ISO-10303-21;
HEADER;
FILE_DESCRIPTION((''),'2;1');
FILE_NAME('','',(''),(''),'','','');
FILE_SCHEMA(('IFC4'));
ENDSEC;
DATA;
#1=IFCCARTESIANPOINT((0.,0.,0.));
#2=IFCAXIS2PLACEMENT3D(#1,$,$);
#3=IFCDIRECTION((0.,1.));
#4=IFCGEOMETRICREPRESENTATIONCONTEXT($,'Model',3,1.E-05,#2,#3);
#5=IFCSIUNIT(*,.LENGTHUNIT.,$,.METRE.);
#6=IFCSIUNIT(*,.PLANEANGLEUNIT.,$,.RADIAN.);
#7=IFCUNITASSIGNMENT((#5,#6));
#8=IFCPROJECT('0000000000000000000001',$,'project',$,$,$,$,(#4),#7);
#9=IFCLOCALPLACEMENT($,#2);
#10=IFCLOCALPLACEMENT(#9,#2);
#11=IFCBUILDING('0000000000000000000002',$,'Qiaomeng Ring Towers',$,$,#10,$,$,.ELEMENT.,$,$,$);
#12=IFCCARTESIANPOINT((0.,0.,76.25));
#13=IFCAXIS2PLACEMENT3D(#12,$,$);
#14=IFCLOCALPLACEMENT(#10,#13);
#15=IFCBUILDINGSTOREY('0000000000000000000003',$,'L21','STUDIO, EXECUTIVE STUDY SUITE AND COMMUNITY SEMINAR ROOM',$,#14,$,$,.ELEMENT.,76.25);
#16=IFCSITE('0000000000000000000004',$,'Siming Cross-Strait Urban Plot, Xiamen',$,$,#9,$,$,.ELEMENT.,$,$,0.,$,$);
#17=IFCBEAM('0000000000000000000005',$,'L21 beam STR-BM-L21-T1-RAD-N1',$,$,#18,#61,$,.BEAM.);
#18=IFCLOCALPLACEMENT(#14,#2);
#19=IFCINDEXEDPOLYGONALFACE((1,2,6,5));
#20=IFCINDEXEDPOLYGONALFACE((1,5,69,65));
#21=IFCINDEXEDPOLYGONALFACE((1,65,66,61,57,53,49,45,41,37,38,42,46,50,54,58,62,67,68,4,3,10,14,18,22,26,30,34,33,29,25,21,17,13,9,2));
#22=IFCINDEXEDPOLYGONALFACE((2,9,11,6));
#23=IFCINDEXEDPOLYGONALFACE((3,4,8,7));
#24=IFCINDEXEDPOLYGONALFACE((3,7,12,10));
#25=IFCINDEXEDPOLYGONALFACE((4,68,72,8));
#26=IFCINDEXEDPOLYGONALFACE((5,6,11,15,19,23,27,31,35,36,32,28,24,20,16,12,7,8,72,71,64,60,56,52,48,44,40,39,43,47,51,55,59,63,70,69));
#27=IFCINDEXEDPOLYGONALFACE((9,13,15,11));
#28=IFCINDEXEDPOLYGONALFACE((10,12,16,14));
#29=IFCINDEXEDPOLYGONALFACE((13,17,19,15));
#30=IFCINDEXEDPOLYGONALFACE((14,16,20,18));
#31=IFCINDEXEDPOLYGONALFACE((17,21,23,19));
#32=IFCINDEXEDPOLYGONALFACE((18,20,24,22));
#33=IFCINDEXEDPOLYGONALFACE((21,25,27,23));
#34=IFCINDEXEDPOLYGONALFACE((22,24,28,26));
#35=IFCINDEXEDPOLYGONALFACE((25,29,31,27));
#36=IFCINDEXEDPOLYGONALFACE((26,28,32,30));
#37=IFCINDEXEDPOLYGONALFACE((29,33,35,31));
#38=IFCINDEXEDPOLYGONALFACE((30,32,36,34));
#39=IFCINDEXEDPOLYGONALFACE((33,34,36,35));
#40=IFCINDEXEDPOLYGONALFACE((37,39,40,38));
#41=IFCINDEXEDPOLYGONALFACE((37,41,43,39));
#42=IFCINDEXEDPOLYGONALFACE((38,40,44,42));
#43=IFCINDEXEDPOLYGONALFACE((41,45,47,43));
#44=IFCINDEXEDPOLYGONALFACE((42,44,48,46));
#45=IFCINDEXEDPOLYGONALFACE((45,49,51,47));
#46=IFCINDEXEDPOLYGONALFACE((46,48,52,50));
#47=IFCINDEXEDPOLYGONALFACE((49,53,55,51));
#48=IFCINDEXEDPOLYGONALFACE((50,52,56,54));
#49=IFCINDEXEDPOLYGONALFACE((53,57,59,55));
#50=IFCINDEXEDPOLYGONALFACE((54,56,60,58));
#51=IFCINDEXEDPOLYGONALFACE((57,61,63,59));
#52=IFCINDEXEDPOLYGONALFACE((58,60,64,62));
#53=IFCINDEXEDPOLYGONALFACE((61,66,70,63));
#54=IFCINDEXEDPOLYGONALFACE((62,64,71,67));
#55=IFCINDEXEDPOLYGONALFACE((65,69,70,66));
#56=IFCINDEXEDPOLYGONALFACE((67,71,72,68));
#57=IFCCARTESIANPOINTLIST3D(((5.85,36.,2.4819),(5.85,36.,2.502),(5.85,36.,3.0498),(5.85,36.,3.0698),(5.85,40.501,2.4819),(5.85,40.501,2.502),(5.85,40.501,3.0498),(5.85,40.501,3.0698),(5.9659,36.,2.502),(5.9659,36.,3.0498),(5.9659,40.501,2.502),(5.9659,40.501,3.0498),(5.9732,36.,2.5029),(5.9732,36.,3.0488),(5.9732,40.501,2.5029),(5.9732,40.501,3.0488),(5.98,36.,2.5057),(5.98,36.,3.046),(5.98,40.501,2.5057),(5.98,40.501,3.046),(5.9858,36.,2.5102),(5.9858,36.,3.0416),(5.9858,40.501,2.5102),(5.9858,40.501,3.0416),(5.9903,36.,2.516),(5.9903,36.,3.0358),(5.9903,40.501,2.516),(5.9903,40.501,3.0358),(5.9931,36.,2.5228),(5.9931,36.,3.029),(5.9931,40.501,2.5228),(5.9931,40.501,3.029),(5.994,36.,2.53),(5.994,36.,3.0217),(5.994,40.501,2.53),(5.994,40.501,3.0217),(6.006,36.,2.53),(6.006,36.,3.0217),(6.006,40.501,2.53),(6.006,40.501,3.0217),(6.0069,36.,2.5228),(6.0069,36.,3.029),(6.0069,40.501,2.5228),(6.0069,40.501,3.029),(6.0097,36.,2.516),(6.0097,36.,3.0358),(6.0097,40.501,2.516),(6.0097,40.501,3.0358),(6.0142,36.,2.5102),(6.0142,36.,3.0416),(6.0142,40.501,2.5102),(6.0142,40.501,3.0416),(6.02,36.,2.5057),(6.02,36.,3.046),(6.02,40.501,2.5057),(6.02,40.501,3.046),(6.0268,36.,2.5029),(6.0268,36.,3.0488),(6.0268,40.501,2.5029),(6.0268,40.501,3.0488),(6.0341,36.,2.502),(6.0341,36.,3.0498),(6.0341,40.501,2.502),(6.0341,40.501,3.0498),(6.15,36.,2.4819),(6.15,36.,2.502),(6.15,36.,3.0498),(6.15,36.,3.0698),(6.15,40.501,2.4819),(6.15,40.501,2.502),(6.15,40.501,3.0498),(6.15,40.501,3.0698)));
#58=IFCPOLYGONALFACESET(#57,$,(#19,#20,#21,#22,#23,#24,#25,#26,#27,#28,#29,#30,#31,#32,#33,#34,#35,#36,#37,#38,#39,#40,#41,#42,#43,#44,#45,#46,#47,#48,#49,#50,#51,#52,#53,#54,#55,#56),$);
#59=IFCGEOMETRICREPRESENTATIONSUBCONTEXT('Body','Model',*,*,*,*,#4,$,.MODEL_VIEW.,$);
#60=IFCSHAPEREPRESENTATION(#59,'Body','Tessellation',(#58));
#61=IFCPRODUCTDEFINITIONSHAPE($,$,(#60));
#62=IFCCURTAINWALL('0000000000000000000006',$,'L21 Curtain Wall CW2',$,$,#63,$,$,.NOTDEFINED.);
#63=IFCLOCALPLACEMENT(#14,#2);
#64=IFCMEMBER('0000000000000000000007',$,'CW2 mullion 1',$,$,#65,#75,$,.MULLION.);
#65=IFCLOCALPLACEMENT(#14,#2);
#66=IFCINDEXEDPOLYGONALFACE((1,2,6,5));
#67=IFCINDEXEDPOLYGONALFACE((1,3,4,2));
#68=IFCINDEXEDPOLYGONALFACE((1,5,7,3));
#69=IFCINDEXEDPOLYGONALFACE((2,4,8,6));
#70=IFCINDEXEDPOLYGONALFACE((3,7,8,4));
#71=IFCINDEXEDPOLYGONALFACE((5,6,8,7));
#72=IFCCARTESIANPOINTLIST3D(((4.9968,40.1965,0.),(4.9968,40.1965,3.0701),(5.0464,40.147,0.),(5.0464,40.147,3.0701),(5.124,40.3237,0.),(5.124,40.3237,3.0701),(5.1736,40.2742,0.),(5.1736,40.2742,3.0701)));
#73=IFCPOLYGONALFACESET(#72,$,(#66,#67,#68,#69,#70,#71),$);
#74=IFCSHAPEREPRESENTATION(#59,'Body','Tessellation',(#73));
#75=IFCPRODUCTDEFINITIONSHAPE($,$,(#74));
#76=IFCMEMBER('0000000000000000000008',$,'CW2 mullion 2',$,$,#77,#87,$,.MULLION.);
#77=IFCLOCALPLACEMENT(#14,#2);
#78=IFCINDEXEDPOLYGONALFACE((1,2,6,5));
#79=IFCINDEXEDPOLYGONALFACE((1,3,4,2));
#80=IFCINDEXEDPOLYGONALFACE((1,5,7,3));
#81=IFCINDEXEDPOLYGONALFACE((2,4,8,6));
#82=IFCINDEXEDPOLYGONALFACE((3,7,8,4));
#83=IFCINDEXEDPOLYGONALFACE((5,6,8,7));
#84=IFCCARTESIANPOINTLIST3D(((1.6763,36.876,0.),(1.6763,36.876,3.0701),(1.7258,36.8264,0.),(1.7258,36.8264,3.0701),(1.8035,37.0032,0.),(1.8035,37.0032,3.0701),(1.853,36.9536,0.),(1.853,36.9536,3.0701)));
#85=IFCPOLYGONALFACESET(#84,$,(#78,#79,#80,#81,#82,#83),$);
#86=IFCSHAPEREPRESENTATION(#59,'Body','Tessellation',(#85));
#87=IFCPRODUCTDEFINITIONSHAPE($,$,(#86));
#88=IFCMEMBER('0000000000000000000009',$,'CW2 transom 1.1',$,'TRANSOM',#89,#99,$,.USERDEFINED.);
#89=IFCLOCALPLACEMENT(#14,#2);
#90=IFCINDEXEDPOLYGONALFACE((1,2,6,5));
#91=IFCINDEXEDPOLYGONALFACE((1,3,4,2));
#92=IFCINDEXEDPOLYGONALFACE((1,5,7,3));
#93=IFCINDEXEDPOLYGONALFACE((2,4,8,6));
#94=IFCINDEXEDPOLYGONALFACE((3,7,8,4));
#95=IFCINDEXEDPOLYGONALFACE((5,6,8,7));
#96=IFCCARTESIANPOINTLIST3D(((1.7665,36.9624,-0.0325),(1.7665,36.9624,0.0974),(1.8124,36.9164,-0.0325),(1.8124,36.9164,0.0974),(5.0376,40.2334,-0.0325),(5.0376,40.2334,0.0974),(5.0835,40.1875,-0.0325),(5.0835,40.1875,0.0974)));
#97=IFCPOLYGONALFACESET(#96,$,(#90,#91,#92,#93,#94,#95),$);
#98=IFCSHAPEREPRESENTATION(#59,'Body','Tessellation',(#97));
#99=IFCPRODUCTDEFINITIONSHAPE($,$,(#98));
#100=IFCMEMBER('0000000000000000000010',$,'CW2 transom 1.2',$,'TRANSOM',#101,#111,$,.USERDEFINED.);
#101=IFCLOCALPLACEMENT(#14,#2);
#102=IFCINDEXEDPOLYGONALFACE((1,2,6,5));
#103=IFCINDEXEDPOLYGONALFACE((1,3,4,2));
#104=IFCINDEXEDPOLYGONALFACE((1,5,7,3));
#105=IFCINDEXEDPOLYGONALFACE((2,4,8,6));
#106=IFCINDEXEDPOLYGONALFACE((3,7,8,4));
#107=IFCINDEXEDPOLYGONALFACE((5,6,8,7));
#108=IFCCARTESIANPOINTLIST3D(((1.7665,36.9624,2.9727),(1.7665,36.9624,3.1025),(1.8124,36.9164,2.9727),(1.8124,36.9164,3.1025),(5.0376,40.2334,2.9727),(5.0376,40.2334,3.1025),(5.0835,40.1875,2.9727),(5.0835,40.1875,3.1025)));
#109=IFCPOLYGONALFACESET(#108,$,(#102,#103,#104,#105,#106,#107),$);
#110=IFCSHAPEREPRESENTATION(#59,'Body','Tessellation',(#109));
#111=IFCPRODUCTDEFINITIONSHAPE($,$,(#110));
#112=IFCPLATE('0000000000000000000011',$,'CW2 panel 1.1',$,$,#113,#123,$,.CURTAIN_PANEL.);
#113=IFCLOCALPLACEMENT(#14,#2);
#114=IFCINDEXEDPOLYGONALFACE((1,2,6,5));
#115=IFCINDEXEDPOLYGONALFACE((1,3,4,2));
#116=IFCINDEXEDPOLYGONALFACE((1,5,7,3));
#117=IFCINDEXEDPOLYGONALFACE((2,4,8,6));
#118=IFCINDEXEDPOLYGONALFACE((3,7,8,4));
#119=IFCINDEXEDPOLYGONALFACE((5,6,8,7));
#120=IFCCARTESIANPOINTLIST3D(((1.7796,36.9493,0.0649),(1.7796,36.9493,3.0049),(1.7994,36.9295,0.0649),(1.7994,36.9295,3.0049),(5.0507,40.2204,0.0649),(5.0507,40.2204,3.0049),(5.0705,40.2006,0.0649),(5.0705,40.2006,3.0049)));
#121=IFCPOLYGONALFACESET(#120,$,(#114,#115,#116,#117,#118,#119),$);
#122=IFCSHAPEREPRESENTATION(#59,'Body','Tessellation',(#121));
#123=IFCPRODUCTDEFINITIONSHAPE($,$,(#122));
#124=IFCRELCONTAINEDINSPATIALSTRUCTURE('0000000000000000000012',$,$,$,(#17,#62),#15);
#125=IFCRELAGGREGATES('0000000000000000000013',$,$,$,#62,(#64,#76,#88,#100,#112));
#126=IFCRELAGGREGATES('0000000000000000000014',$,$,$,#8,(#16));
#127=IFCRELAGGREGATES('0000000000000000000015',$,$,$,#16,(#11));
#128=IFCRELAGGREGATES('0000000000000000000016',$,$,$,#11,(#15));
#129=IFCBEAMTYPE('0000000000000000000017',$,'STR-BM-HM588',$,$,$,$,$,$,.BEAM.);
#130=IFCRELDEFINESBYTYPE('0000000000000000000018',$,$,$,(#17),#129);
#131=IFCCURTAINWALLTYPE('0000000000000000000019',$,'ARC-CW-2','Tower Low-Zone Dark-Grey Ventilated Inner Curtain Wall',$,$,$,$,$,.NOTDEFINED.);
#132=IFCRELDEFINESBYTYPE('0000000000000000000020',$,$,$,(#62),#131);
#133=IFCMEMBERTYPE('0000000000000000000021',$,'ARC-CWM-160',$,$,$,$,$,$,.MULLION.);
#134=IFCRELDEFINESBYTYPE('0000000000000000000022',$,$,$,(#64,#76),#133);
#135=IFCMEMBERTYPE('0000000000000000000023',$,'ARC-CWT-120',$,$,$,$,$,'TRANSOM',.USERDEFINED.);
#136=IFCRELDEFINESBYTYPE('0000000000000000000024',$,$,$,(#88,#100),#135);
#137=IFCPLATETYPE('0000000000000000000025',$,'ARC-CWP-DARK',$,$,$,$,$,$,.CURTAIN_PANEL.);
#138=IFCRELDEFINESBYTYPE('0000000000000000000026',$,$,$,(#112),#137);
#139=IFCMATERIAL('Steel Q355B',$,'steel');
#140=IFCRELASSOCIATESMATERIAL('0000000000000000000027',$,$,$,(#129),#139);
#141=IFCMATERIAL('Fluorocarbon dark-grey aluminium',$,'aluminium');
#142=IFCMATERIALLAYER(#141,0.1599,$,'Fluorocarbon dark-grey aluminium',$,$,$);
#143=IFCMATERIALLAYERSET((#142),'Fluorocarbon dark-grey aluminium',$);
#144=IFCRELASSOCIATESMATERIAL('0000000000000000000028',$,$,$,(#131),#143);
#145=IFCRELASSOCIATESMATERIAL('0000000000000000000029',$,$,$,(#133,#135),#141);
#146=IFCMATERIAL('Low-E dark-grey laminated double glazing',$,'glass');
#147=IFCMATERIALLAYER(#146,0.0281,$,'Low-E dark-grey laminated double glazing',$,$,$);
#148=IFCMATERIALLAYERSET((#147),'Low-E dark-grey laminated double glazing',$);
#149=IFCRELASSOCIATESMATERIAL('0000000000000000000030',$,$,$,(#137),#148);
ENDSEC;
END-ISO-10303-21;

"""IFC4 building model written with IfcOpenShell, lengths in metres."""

from ifc_helpers import new_model, si_unit, direction, frame, origin, origin_2d, place, context, subcontext, project, spatial, rectangle, i_section, extrude, source, transform, mapped, material, layer, layer_set, material_profile, profile_set, type_object, element, aggregate, save


model = new_model("IFC4")

# Units and contexts
model_context = context("Model", 3, precision=1e-05, world=origin(), true_north=direction((0.0, 1.0)))
body_context = subcontext(model_context, "Body", "Model", "MODEL_VIEW")
ifc_project = project(units=[si_unit("LENGTHUNIT", "METRE"), si_unit("PLANEANGLEUNIT", "RADIAN")], contexts=[model_context])

# Site, building, storey
site_placement = place(None, origin())
site = spatial("IfcSite", under=ifc_project, at=site_placement, Name="Siming Cross-Strait Urban Plot, Xiamen", CompositionType="ELEMENT", RefElevation=0.0)
building_placement = place(site_placement, origin())
building = spatial("IfcBuilding", under=site, at=building_placement, Name="Qiaomeng Ring Towers", CompositionType="ELEMENT")
storey_placement = place(building_placement, frame((0.0, 0.0, 76.25)))
storey = spatial("IfcBuildingStorey", under=building, at=storey_placement, Name="L21", Description="STUDIO, EXECUTIVE STUDY SUITE AND COMMUNITY SEMINAR ROOM", CompositionType="ELEMENT", Elevation=76.25)

# Beam
ifc_material_1 = material(Name="Steel Q355B", Category="steel")
ifc_material_profile_1 = material_profile(ifc_material_1, i_section(OverallWidth=0.3, OverallDepth=0.5879, WebThickness=0.012, FlangeThickness=0.02, FilletRadius=0.0281, at=origin_2d()), Name="HM 588x300x12x20")
ifc_profile_set_1 = profile_set([ifc_material_profile_1], Name="Steel Q355B")
beam_type_1 = type_object("IfcBeamType", Name="STR-BM-HM588", PredefinedType="BEAM", material=ifc_profile_set_1)
shared_shape_1 = source(origin(), body_context, "Body", "SweptSolid", [
    extrude(i_section(OverallWidth=0.3, OverallDepth=0.5879, WebThickness=0.012, FlangeThickness=0.02, FilletRadius=0.0281, at=origin_2d()), origin(), (0.0, 0.0, 1.0), 4.501),
])
beam_1_placement = place(storey_placement, frame((6.0, 40.501, 2.7759), z_axis=(0.0, -1.0, 0.0), x_axis=(1.0, 0.0, 0.0)))
element("IfcBeam", 1, at=beam_1_placement, inside=storey, type_object=beam_type_1, Name="L21 beam STR-BM-L21-T1-RAD-N1", PredefinedType="BEAM", context=body_context, shape_type="MappedRepresentation", body=[
    mapped(shared_shape_1, transform((0.0, 0.0, 0.0), x_axis=(1.0, 0.0, 0.0), y_axis=(0.0, 1.0, 0.0), z_axis=(0.0, 0.0, 1.0), scale=1.0)),
])

# Curtain wall, members, plate
ifc_material_2 = material(Name="Fluorocarbon dark-grey aluminium", Category="aluminium")
ifc_layer_1 = layer(ifc_material_2, 0.1599, Name="Fluorocarbon dark-grey aluminium")
ifc_layer_set_1 = layer_set([ifc_layer_1], Name="Fluorocarbon dark-grey aluminium")
curtain_wall_type = type_object("IfcCurtainWallType", Name="ARC-CW-2", Description="Tower Low-Zone Dark-Grey Ventilated Inner Curtain Wall", PredefinedType="NOTDEFINED", material=ifc_layer_set_1)
curtain_wall_placement = place(storey_placement, origin())
curtain_wall = element("IfcCurtainWall", 2, at=curtain_wall_placement, inside=storey, type_object=curtain_wall_type, Name="L21 Curtain Wall CW2", PredefinedType="NOTDEFINED")
ifc_material_profile_2 = material_profile(ifc_material_2, rectangle(XDim=0.0701, YDim=0.1799, at=origin_2d()), Name="ALU MULL 70x180")
ifc_profile_set_2 = profile_set([ifc_material_profile_2], Name="Fluorocarbon dark-grey aluminium")
member_type_1 = type_object("IfcMemberType", Name="ARC-CWM-160", PredefinedType="MULLION", material=ifc_profile_set_2)
shared_shape_2 = source(origin(), body_context, "Body", "SweptSolid", [
    extrude(rectangle(XDim=0.0701, YDim=0.1799, at=origin_2d()), origin(), (0.0, 0.0, 1.0), 3.0701),
])
member_1_placement = place(storey_placement, frame((5.0852, 40.2354, 0.0), z_axis=(0.0, 0.0, 1.0), x_axis=(0.707107, -0.707107, 0.0)))
member_1 = element("IfcMember", 3, at=member_1_placement, type_object=member_type_1, Name="CW2 mullion 1", PredefinedType="MULLION", context=body_context, shape_type="MappedRepresentation", body=[
    mapped(shared_shape_2, transform((0.0, 0.0, 0.0), x_axis=(1.0, 0.0, 0.0), y_axis=(0.0, 1.0, 0.0), z_axis=(0.0, 0.0, 1.0), scale=1.0)),
])
member_2_placement = place(storey_placement, frame((1.7646, 36.9148, 0.0), z_axis=(0.0, 0.0, 1.0), x_axis=(0.707107, -0.707107, 0.0)))
member_2 = element("IfcMember", 4, at=member_2_placement, type_object=member_type_1, Name="CW2 mullion 2", PredefinedType="MULLION", context=body_context, shape_type="MappedRepresentation", body=[
    mapped(shared_shape_2, transform((0.0, 0.0, 0.0), x_axis=(1.0, 0.0, 0.0), y_axis=(0.0, 1.0, 0.0), z_axis=(0.0, 0.0, 1.0), scale=1.0)),
])
ifc_material_profile_3 = material_profile(ifc_material_2, rectangle(XDim=0.0649, YDim=0.1299, at=origin_2d()), Name="ALU TRAN 65x130")
ifc_profile_set_3 = profile_set([ifc_material_profile_3], Name="Fluorocarbon dark-grey aluminium")
member_type_2 = type_object("IfcMemberType", Name="ARC-CWT-120", ElementType="TRANSOM", PredefinedType="USERDEFINED", material=ifc_profile_set_3)
shared_shape_3 = source(origin(), body_context, "Body", "SweptSolid", [
    extrude(rectangle(XDim=0.0649, YDim=0.1299, at=origin_2d()), origin(), (0.0, 0.0, 1.0), 4.626),
])
member_3_placement = place(storey_placement, frame((5.0605, 40.2104, 0.0325), z_axis=(-0.707107, -0.707107, 0.0), x_axis=(0.707107, -0.707107, 0.0)))
member_3 = element("IfcMember", 5, at=member_3_placement, type_object=member_type_2, Name="CW2 transom 1.1", ObjectType="TRANSOM", PredefinedType="USERDEFINED", context=body_context, shape_type="MappedRepresentation", body=[
    mapped(shared_shape_3, transform((0.0, 0.0, 0.0), x_axis=(1.0, 0.0, 0.0), y_axis=(0.0, 1.0, 0.0), z_axis=(0.0, 0.0, 1.0), scale=1.0)),
])
member_4_placement = place(storey_placement, frame((5.0605, 40.2104, 3.0376), z_axis=(-0.707107, -0.707107, 0.0), x_axis=(0.707107, -0.707107, 0.0)))
member_4 = element("IfcMember", 6, at=member_4_placement, type_object=member_type_2, Name="CW2 transom 1.2", ObjectType="TRANSOM", PredefinedType="USERDEFINED", context=body_context, shape_type="MappedRepresentation", body=[
    mapped(shared_shape_3, transform((0.0, 0.0, 0.0), x_axis=(1.0, 0.0, 0.0), y_axis=(0.0, 1.0, 0.0), z_axis=(0.0, 0.0, 1.0), scale=1.0)),
])
ifc_material_3 = material(Name="Low-E dark-grey laminated double glazing", Category="glass")
ifc_layer_2 = layer(ifc_material_3, 0.0281, Name="Low-E dark-grey laminated double glazing")
ifc_layer_set_2 = layer_set([ifc_layer_2], Name="Low-E dark-grey laminated double glazing")
plate_type = type_object("IfcPlateType", Name="ARC-CWP-DARK", PredefinedType="CURTAIN_PANEL", material=ifc_layer_set_2)
shared_shape_4 = source(origin(), body_context, "Body", "SweptSolid", [
    extrude(rectangle(XDim=4.626, YDim=0.0281, at=origin_2d()), origin(), (0.0, 0.0, 1.0), 2.9399),
])
plate_placement = place(storey_placement, frame((3.425, 38.575, 0.0649), z_axis=(0.0, 0.0, 1.0), x_axis=(-0.707107, -0.707107, 0.0)))
plate = element("IfcPlate", 7, at=plate_placement, type_object=plate_type, Name="CW2 panel 1.1", PredefinedType="CURTAIN_PANEL", context=body_context, shape_type="MappedRepresentation", body=[
    mapped(shared_shape_4, transform((0.0, 0.0, 0.0), x_axis=(1.0, 0.0, 0.0), y_axis=(0.0, 1.0, 0.0), z_axis=(0.0, 0.0, 1.0), scale=1.0)),
])
aggregate(curtain_wall, [member_1, member_2, member_3, member_4, plate])

save(model, "model.ifc")
